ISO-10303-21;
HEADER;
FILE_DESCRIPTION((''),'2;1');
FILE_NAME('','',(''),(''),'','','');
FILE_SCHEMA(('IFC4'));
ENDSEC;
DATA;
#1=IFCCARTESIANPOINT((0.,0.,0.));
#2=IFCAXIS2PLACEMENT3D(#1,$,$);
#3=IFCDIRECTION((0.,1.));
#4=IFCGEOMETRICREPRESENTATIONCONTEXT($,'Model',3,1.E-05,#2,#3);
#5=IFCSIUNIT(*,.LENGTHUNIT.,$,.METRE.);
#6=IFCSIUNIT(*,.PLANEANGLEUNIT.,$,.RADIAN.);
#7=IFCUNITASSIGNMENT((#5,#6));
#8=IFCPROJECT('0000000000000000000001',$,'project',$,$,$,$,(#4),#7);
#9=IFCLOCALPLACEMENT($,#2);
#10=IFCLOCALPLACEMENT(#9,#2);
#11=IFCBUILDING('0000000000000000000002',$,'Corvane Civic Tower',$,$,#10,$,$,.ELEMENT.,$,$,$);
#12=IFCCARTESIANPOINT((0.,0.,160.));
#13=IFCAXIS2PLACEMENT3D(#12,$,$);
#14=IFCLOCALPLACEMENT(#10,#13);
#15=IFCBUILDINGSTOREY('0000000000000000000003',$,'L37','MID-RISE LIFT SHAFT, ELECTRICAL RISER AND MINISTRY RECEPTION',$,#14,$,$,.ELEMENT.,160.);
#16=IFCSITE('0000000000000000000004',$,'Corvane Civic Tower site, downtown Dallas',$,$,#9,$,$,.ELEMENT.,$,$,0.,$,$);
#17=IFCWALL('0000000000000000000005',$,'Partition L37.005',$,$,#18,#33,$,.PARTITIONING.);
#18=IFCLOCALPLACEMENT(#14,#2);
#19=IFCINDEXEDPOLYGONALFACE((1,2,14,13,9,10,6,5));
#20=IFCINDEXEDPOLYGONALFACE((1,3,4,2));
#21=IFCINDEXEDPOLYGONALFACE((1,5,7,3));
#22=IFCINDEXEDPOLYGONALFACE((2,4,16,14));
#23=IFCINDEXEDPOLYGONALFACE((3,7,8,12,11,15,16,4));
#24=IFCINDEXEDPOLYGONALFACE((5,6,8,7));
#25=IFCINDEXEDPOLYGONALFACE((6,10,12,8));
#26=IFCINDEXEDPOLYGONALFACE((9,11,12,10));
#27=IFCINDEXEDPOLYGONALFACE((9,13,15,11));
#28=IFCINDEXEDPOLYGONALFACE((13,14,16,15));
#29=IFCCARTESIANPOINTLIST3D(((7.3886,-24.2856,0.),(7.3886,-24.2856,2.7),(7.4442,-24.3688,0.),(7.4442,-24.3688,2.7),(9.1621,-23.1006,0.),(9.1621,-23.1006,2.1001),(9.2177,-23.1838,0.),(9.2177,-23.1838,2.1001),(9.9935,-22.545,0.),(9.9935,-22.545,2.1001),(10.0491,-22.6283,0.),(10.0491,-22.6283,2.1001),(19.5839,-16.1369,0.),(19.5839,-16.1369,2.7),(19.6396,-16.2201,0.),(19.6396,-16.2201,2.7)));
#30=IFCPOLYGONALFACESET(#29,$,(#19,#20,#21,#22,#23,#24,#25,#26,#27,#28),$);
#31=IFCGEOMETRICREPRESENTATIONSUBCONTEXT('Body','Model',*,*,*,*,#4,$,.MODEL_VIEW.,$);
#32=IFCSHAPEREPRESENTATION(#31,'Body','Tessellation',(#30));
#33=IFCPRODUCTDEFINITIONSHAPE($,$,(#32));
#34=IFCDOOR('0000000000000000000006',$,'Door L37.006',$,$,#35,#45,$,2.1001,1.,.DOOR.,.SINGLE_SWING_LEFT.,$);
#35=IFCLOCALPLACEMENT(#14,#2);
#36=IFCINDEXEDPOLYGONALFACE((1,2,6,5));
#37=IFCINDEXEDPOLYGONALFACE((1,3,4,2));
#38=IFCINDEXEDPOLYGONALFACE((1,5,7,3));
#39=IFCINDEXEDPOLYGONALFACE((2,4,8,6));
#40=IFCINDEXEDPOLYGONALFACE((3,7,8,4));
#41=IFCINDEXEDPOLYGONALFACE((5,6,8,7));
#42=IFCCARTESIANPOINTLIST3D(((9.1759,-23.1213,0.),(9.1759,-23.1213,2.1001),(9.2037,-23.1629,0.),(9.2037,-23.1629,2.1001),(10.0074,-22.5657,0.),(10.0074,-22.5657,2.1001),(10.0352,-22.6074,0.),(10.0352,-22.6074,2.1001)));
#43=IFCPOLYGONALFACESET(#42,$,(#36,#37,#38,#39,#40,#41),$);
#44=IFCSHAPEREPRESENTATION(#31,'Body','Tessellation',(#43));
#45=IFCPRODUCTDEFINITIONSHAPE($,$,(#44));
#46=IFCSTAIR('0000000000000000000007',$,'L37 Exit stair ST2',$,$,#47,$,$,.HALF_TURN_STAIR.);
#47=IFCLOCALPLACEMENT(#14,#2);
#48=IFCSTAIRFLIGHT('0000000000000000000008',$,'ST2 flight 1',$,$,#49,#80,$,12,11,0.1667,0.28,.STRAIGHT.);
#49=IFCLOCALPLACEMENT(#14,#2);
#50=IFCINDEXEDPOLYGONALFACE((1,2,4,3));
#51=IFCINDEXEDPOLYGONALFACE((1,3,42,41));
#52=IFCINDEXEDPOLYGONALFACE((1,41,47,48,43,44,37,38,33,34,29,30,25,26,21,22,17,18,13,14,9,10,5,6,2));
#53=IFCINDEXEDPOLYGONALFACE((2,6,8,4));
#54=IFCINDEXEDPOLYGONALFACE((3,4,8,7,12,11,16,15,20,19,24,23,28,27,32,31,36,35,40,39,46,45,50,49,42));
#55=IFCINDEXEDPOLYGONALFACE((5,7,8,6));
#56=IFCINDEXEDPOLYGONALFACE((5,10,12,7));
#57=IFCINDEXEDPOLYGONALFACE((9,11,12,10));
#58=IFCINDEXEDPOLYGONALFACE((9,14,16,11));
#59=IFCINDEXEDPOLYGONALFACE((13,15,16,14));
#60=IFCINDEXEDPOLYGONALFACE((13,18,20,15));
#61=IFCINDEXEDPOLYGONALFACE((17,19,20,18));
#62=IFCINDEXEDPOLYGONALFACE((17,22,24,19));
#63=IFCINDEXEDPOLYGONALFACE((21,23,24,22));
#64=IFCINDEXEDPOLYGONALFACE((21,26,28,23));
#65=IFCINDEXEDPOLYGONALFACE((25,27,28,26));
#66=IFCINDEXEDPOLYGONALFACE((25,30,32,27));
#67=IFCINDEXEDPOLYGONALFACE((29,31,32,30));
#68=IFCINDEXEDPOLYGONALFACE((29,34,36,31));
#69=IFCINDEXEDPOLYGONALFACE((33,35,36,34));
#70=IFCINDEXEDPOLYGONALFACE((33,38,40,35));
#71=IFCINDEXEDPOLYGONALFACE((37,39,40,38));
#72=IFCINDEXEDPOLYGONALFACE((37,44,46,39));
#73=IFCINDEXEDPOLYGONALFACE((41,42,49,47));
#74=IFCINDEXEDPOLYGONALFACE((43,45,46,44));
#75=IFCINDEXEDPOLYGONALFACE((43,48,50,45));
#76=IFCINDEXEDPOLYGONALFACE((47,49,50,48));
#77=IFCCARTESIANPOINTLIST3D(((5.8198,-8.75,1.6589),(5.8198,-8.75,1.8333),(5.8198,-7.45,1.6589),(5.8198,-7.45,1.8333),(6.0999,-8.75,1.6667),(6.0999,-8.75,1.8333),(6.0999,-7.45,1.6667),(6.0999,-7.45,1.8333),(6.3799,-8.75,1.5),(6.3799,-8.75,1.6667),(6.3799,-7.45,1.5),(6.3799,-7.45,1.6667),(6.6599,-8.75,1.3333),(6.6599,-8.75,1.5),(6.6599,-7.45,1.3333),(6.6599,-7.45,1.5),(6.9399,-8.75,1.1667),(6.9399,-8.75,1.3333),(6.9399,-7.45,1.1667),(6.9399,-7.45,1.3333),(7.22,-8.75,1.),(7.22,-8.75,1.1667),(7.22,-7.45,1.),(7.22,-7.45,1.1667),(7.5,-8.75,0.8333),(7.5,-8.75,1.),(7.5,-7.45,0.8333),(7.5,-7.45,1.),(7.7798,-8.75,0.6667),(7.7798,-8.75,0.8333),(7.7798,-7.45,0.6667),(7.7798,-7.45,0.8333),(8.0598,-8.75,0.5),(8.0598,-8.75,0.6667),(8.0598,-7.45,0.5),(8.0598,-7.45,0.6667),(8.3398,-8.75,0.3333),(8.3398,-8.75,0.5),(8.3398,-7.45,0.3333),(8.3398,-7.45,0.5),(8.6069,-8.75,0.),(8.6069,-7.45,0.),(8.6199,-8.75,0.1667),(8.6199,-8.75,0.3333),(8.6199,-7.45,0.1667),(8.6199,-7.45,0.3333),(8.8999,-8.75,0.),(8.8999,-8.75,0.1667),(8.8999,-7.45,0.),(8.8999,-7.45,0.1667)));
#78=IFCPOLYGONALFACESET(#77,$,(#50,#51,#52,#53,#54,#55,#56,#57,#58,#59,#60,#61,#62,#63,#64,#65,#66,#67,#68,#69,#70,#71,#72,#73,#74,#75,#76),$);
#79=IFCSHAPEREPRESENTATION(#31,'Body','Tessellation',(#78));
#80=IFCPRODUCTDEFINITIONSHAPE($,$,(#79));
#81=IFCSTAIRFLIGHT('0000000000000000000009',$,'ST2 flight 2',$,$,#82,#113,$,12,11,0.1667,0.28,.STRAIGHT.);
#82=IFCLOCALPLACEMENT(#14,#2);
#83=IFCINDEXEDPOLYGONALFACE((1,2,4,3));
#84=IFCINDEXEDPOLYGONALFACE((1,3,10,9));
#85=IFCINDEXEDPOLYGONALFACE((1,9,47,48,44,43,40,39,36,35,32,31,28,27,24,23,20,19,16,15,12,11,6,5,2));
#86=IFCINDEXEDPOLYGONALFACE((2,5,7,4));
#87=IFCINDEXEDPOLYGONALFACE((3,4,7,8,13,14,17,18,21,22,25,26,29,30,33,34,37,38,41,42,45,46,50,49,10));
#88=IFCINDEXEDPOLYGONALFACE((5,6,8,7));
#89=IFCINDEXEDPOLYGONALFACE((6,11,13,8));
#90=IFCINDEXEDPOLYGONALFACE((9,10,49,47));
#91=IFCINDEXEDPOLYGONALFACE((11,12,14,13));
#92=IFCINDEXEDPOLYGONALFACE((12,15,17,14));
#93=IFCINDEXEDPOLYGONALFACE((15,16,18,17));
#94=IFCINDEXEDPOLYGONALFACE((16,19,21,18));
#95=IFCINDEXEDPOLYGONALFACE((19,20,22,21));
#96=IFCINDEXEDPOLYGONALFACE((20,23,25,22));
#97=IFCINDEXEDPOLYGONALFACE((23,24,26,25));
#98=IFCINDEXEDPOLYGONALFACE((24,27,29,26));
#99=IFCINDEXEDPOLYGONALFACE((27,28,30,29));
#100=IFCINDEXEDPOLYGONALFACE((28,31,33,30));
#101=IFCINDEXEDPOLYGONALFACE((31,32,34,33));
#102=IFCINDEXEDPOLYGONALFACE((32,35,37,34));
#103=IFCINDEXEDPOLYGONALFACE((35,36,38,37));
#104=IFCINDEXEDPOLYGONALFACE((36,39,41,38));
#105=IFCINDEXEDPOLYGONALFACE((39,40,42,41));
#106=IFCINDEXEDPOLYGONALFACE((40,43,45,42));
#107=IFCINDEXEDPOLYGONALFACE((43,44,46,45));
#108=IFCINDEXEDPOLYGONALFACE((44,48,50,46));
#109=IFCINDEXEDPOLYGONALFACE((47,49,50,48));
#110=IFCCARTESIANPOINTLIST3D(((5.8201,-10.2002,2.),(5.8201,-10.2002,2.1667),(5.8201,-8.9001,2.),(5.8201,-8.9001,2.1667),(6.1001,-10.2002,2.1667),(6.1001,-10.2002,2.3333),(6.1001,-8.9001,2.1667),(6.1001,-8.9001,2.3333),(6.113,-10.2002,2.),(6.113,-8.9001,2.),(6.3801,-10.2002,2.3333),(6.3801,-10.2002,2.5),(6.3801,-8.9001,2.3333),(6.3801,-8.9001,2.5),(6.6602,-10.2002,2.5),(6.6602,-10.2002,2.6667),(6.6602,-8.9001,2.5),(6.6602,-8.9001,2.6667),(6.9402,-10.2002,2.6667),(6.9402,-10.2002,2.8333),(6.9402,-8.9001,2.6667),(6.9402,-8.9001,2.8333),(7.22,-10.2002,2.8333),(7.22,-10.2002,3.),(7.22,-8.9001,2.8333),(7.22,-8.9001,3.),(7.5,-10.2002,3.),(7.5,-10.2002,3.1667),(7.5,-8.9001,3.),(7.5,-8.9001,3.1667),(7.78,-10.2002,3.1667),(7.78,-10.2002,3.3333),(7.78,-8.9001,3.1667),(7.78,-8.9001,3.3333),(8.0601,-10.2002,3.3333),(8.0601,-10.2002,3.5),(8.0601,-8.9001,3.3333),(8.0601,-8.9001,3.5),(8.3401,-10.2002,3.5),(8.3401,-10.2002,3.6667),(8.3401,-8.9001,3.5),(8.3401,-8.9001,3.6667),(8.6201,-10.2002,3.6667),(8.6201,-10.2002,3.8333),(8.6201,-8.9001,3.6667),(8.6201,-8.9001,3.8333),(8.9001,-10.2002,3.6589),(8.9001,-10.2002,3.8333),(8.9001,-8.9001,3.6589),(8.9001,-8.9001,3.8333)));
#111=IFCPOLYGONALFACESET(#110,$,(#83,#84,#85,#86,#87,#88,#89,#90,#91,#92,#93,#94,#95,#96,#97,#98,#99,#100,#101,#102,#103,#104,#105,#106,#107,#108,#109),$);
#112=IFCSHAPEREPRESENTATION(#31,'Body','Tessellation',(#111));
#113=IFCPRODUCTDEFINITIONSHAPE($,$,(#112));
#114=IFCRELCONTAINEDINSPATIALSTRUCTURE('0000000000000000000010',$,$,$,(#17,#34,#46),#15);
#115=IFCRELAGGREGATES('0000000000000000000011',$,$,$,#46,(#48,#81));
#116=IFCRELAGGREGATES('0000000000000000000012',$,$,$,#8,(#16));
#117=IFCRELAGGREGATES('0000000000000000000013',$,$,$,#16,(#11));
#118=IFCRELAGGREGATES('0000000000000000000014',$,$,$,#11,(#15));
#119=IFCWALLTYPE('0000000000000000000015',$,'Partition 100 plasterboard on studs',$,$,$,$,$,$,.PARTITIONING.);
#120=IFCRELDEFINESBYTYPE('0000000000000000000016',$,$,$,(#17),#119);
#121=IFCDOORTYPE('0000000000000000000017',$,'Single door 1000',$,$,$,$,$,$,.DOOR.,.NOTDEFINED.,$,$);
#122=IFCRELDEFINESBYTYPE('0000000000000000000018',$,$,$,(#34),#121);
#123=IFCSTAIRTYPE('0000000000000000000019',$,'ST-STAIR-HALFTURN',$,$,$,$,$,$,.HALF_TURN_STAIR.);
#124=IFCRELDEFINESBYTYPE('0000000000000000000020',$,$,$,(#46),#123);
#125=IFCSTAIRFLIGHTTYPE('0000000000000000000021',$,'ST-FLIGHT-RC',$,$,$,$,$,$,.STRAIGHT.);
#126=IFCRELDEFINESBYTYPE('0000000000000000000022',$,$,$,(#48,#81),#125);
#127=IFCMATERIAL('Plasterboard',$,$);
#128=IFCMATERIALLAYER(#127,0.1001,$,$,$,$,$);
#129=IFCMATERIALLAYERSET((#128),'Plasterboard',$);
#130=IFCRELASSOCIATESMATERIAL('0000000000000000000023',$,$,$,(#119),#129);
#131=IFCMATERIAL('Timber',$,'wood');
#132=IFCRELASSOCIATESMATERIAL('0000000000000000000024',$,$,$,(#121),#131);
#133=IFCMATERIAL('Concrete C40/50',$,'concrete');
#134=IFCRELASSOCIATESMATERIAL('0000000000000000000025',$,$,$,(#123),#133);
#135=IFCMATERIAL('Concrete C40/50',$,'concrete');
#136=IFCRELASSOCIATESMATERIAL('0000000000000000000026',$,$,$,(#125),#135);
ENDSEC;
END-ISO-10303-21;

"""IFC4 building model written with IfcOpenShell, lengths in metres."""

from ifc_helpers import new_model, si_unit, direction, frame, frame_2d, origin, place, context, subcontext, project, spatial, polyline, rectangle, outline, extrude, material, layer, layer_set, type_object, element, fill, aggregate, save


model = new_model("IFC4")

# Units and contexts
model_context = context("Model", 3, precision=1e-05, world=origin(), true_north=direction((0.0, 1.0)))
body_context = subcontext(model_context, "Body", "Model", "MODEL_VIEW")
ifc_project = project(units=[si_unit("LENGTHUNIT", "METRE"), si_unit("PLANEANGLEUNIT", "RADIAN")], contexts=[model_context])

# Site, building, storey
site_placement = place(None, origin())
site = spatial("IfcSite", under=ifc_project, at=site_placement, Name="Corvane Civic Tower site, downtown Dallas", CompositionType="ELEMENT", RefElevation=0.0)
building_placement = place(site_placement, origin())
building = spatial("IfcBuilding", under=site, at=building_placement, Name="Corvane Civic Tower", CompositionType="ELEMENT")
storey_placement = place(building_placement, frame((0.0, 0.0, 160.0)))
storey = spatial("IfcBuildingStorey", under=building, at=storey_placement, Name="L37", Description="MID-RISE LIFT SHAFT, ELECTRICAL RISER AND MINISTRY RECEPTION", CompositionType="ELEMENT", Elevation=160.0)

# Shared definitions
ifc_material_1 = material(Name="Plasterboard")
ifc_layer_1 = layer(ifc_material_1, 0.1001)
ifc_layer_set_1 = layer_set([ifc_layer_1], Name="Plasterboard")
wall_type = type_object("IfcWallType", Name="Partition 100 plasterboard on studs", PredefinedType="PARTITIONING", material=ifc_layer_set_1)

# Wall, opening, door
wall_1_placement = place(storey_placement, frame((7.4165, -24.3271, 0.0), z_axis=(0.0, 0.0, 1.0), x_axis=(0.831469, 0.555572, 0.0)))
wall_1 = element("IfcWall", 1, at=wall_1_placement, inside=storey, type_object=wall_type, Name="Partition L37.005", PredefinedType="PARTITIONING", context=body_context, shape_type="SweptSolid", body=[
    extrude(rectangle(XDim=14.6672, YDim=0.1001, at=frame_2d((7.3335, 0.0))), origin(), (0.0, 0.0, 1.0), 2.7),
])
opening_placement = place(wall_1_placement, frame((2.1328, 0.0, 0.0)))
opening = element("IfcOpeningElement", 2, at=opening_placement, cuts=wall_1, PredefinedType="OPENING", context=body_context, shape_type="SweptSolid", body=[
    extrude(rectangle(XDim=1.0, YDim=2.1001, at=frame_2d((0.5, 1.05))), frame((0.0, 0.0601, 0.0), z_axis=(0.0, -1.0, 0.0), x_axis=(1.0, 0.0, 0.0)), (0.0, 0.0, 1.0), 0.1201),
])
ifc_material_2 = material(Name="Timber", Category="wood")
door_type = type_object("IfcDoorType", Name="Single door 1000", OperationType="NOTDEFINED", PredefinedType="DOOR", material=ifc_material_2)
door_placement = place(opening_placement, frame((1.0, 0.0, 0.0), z_axis=(0.0, 0.0, 1.0), x_axis=(-1.0, 0.0, 0.0)))
door = element("IfcDoor", 3, at=door_placement, inside=storey, type_object=door_type, Name="Door L37.006", OperationType="SINGLE_SWING_LEFT", OverallHeight=2.1001, OverallWidth=1.0, PredefinedType="DOOR", context=body_context, shape_type="SweptSolid", body=[
    extrude(rectangle(XDim=1.0, YDim=2.1001, at=frame_2d((0.5, 1.05))), frame((0.0, 0.0249, 0.0), z_axis=(0.0, -1.0, 0.0), x_axis=(1.0, 0.0, 0.0)), (0.0, 0.0, 1.0), 0.05),
])
fill(opening, door)

# Stair, stair flights
ifc_material_3 = material(Name="Concrete C40/50", Category="concrete")
stair_type = type_object("IfcStairType", Name="ST-STAIR-HALFTURN", PredefinedType="HALF_TURN_STAIR", material=ifc_material_3)
stair_placement = place(storey_placement, origin())
stair = element("IfcStair", 4, at=stair_placement, inside=storey, type_object=stair_type, Name="L37 Exit stair ST2", PredefinedType="HALF_TURN_STAIR")
ifc_material_4 = material(Name="Concrete C40/50", Category="concrete")
stair_flight_type = type_object("IfcStairFlightType", Name="ST-FLIGHT-RC", PredefinedType="STRAIGHT", material=ifc_material_4)
stair_flight_1_placement = place(storey_placement, frame((8.8999, -8.1001, 0.0), z_axis=(0.0, 0.0, 1.0), x_axis=(-1.0, 0.0, 0.0)))
stair_flight_1 = element("IfcStairFlight", 5, at=stair_flight_1_placement, type_object=stair_flight_type, Name="ST2 flight 1", NumberOfRisers=12, NumberOfTreads=11, PredefinedType="STRAIGHT", RiserHeight=0.1667, TreadLength=0.28, context=body_context, shape_type="SweptSolid", body=[
    extrude(outline(polyline([(0.0, 0.0), (0.0, 0.1667), (0.28, 0.1667), (0.28, 0.3333), (0.5601, 0.3333), (0.5601, 0.5), (0.8401, 0.5), (0.8401, 0.6667), (1.1201, 0.6667), (1.1201, 0.8333), (1.3999, 0.8333), (1.3999, 1.0), (1.6799, 1.0), (1.6799, 1.1667), (1.96, 1.1667), (1.96, 1.3333), (2.24, 1.3333), (2.24, 1.5), (2.52, 1.5), (2.52, 1.6667), (2.8, 1.6667), (2.8, 1.8333), (3.0801, 1.8333), (3.0801, 2.0), (3.0801, 1.6589), (0.293, 0.0), (0.0, 0.0)])), frame((0.0, 0.6499, 0.0), z_axis=(0.0, -1.0, 0.0), x_axis=(1.0, 0.0, 0.0)), (0.0, 0.0, 1.0), 1.3),
])
stair_flight_2_placement = place(storey_placement, frame((5.8201, -9.55, 2.0), z_axis=(0.0, 0.0, 1.0), x_axis=(1.0, 0.0, 0.0)))
stair_flight_2 = element("IfcStairFlight", 6, at=stair_flight_2_placement, type_object=stair_flight_type, Name="ST2 flight 2", NumberOfRisers=12, NumberOfTreads=11, PredefinedType="STRAIGHT", RiserHeight=0.1667, TreadLength=0.28, context=body_context, shape_type="SweptSolid", body=[
    extrude(outline(polyline([(0.0, 0.0), (0.0, 0.1667), (0.28, 0.1667), (0.28, 0.3333), (0.5601, 0.3333), (0.5601, 0.5), (0.8401, 0.5), (0.8401, 0.6667), (1.1201, 0.6667), (1.1201, 0.8333), (1.3999, 0.8333), (1.3999, 1.0), (1.6799, 1.0), (1.6799, 1.1667), (1.96, 1.1667), (1.96, 1.3333), (2.24, 1.3333), (2.24, 1.5), (2.52, 1.5), (2.52, 1.6667), (2.8, 1.6667), (2.8, 1.8333), (3.0801, 1.8333), (3.0801, 2.0), (3.0801, 1.6589), (0.293, 0.0), (0.0, 0.0)])), frame((0.0, 0.6499, 0.0), z_axis=(0.0, -1.0, 0.0), x_axis=(1.0, 0.0, 0.0)), (0.0, 0.0, 1.0), 1.3),
])
aggregate(stair, [stair_flight_1, stair_flight_2])

save(model, "model.ifc")
